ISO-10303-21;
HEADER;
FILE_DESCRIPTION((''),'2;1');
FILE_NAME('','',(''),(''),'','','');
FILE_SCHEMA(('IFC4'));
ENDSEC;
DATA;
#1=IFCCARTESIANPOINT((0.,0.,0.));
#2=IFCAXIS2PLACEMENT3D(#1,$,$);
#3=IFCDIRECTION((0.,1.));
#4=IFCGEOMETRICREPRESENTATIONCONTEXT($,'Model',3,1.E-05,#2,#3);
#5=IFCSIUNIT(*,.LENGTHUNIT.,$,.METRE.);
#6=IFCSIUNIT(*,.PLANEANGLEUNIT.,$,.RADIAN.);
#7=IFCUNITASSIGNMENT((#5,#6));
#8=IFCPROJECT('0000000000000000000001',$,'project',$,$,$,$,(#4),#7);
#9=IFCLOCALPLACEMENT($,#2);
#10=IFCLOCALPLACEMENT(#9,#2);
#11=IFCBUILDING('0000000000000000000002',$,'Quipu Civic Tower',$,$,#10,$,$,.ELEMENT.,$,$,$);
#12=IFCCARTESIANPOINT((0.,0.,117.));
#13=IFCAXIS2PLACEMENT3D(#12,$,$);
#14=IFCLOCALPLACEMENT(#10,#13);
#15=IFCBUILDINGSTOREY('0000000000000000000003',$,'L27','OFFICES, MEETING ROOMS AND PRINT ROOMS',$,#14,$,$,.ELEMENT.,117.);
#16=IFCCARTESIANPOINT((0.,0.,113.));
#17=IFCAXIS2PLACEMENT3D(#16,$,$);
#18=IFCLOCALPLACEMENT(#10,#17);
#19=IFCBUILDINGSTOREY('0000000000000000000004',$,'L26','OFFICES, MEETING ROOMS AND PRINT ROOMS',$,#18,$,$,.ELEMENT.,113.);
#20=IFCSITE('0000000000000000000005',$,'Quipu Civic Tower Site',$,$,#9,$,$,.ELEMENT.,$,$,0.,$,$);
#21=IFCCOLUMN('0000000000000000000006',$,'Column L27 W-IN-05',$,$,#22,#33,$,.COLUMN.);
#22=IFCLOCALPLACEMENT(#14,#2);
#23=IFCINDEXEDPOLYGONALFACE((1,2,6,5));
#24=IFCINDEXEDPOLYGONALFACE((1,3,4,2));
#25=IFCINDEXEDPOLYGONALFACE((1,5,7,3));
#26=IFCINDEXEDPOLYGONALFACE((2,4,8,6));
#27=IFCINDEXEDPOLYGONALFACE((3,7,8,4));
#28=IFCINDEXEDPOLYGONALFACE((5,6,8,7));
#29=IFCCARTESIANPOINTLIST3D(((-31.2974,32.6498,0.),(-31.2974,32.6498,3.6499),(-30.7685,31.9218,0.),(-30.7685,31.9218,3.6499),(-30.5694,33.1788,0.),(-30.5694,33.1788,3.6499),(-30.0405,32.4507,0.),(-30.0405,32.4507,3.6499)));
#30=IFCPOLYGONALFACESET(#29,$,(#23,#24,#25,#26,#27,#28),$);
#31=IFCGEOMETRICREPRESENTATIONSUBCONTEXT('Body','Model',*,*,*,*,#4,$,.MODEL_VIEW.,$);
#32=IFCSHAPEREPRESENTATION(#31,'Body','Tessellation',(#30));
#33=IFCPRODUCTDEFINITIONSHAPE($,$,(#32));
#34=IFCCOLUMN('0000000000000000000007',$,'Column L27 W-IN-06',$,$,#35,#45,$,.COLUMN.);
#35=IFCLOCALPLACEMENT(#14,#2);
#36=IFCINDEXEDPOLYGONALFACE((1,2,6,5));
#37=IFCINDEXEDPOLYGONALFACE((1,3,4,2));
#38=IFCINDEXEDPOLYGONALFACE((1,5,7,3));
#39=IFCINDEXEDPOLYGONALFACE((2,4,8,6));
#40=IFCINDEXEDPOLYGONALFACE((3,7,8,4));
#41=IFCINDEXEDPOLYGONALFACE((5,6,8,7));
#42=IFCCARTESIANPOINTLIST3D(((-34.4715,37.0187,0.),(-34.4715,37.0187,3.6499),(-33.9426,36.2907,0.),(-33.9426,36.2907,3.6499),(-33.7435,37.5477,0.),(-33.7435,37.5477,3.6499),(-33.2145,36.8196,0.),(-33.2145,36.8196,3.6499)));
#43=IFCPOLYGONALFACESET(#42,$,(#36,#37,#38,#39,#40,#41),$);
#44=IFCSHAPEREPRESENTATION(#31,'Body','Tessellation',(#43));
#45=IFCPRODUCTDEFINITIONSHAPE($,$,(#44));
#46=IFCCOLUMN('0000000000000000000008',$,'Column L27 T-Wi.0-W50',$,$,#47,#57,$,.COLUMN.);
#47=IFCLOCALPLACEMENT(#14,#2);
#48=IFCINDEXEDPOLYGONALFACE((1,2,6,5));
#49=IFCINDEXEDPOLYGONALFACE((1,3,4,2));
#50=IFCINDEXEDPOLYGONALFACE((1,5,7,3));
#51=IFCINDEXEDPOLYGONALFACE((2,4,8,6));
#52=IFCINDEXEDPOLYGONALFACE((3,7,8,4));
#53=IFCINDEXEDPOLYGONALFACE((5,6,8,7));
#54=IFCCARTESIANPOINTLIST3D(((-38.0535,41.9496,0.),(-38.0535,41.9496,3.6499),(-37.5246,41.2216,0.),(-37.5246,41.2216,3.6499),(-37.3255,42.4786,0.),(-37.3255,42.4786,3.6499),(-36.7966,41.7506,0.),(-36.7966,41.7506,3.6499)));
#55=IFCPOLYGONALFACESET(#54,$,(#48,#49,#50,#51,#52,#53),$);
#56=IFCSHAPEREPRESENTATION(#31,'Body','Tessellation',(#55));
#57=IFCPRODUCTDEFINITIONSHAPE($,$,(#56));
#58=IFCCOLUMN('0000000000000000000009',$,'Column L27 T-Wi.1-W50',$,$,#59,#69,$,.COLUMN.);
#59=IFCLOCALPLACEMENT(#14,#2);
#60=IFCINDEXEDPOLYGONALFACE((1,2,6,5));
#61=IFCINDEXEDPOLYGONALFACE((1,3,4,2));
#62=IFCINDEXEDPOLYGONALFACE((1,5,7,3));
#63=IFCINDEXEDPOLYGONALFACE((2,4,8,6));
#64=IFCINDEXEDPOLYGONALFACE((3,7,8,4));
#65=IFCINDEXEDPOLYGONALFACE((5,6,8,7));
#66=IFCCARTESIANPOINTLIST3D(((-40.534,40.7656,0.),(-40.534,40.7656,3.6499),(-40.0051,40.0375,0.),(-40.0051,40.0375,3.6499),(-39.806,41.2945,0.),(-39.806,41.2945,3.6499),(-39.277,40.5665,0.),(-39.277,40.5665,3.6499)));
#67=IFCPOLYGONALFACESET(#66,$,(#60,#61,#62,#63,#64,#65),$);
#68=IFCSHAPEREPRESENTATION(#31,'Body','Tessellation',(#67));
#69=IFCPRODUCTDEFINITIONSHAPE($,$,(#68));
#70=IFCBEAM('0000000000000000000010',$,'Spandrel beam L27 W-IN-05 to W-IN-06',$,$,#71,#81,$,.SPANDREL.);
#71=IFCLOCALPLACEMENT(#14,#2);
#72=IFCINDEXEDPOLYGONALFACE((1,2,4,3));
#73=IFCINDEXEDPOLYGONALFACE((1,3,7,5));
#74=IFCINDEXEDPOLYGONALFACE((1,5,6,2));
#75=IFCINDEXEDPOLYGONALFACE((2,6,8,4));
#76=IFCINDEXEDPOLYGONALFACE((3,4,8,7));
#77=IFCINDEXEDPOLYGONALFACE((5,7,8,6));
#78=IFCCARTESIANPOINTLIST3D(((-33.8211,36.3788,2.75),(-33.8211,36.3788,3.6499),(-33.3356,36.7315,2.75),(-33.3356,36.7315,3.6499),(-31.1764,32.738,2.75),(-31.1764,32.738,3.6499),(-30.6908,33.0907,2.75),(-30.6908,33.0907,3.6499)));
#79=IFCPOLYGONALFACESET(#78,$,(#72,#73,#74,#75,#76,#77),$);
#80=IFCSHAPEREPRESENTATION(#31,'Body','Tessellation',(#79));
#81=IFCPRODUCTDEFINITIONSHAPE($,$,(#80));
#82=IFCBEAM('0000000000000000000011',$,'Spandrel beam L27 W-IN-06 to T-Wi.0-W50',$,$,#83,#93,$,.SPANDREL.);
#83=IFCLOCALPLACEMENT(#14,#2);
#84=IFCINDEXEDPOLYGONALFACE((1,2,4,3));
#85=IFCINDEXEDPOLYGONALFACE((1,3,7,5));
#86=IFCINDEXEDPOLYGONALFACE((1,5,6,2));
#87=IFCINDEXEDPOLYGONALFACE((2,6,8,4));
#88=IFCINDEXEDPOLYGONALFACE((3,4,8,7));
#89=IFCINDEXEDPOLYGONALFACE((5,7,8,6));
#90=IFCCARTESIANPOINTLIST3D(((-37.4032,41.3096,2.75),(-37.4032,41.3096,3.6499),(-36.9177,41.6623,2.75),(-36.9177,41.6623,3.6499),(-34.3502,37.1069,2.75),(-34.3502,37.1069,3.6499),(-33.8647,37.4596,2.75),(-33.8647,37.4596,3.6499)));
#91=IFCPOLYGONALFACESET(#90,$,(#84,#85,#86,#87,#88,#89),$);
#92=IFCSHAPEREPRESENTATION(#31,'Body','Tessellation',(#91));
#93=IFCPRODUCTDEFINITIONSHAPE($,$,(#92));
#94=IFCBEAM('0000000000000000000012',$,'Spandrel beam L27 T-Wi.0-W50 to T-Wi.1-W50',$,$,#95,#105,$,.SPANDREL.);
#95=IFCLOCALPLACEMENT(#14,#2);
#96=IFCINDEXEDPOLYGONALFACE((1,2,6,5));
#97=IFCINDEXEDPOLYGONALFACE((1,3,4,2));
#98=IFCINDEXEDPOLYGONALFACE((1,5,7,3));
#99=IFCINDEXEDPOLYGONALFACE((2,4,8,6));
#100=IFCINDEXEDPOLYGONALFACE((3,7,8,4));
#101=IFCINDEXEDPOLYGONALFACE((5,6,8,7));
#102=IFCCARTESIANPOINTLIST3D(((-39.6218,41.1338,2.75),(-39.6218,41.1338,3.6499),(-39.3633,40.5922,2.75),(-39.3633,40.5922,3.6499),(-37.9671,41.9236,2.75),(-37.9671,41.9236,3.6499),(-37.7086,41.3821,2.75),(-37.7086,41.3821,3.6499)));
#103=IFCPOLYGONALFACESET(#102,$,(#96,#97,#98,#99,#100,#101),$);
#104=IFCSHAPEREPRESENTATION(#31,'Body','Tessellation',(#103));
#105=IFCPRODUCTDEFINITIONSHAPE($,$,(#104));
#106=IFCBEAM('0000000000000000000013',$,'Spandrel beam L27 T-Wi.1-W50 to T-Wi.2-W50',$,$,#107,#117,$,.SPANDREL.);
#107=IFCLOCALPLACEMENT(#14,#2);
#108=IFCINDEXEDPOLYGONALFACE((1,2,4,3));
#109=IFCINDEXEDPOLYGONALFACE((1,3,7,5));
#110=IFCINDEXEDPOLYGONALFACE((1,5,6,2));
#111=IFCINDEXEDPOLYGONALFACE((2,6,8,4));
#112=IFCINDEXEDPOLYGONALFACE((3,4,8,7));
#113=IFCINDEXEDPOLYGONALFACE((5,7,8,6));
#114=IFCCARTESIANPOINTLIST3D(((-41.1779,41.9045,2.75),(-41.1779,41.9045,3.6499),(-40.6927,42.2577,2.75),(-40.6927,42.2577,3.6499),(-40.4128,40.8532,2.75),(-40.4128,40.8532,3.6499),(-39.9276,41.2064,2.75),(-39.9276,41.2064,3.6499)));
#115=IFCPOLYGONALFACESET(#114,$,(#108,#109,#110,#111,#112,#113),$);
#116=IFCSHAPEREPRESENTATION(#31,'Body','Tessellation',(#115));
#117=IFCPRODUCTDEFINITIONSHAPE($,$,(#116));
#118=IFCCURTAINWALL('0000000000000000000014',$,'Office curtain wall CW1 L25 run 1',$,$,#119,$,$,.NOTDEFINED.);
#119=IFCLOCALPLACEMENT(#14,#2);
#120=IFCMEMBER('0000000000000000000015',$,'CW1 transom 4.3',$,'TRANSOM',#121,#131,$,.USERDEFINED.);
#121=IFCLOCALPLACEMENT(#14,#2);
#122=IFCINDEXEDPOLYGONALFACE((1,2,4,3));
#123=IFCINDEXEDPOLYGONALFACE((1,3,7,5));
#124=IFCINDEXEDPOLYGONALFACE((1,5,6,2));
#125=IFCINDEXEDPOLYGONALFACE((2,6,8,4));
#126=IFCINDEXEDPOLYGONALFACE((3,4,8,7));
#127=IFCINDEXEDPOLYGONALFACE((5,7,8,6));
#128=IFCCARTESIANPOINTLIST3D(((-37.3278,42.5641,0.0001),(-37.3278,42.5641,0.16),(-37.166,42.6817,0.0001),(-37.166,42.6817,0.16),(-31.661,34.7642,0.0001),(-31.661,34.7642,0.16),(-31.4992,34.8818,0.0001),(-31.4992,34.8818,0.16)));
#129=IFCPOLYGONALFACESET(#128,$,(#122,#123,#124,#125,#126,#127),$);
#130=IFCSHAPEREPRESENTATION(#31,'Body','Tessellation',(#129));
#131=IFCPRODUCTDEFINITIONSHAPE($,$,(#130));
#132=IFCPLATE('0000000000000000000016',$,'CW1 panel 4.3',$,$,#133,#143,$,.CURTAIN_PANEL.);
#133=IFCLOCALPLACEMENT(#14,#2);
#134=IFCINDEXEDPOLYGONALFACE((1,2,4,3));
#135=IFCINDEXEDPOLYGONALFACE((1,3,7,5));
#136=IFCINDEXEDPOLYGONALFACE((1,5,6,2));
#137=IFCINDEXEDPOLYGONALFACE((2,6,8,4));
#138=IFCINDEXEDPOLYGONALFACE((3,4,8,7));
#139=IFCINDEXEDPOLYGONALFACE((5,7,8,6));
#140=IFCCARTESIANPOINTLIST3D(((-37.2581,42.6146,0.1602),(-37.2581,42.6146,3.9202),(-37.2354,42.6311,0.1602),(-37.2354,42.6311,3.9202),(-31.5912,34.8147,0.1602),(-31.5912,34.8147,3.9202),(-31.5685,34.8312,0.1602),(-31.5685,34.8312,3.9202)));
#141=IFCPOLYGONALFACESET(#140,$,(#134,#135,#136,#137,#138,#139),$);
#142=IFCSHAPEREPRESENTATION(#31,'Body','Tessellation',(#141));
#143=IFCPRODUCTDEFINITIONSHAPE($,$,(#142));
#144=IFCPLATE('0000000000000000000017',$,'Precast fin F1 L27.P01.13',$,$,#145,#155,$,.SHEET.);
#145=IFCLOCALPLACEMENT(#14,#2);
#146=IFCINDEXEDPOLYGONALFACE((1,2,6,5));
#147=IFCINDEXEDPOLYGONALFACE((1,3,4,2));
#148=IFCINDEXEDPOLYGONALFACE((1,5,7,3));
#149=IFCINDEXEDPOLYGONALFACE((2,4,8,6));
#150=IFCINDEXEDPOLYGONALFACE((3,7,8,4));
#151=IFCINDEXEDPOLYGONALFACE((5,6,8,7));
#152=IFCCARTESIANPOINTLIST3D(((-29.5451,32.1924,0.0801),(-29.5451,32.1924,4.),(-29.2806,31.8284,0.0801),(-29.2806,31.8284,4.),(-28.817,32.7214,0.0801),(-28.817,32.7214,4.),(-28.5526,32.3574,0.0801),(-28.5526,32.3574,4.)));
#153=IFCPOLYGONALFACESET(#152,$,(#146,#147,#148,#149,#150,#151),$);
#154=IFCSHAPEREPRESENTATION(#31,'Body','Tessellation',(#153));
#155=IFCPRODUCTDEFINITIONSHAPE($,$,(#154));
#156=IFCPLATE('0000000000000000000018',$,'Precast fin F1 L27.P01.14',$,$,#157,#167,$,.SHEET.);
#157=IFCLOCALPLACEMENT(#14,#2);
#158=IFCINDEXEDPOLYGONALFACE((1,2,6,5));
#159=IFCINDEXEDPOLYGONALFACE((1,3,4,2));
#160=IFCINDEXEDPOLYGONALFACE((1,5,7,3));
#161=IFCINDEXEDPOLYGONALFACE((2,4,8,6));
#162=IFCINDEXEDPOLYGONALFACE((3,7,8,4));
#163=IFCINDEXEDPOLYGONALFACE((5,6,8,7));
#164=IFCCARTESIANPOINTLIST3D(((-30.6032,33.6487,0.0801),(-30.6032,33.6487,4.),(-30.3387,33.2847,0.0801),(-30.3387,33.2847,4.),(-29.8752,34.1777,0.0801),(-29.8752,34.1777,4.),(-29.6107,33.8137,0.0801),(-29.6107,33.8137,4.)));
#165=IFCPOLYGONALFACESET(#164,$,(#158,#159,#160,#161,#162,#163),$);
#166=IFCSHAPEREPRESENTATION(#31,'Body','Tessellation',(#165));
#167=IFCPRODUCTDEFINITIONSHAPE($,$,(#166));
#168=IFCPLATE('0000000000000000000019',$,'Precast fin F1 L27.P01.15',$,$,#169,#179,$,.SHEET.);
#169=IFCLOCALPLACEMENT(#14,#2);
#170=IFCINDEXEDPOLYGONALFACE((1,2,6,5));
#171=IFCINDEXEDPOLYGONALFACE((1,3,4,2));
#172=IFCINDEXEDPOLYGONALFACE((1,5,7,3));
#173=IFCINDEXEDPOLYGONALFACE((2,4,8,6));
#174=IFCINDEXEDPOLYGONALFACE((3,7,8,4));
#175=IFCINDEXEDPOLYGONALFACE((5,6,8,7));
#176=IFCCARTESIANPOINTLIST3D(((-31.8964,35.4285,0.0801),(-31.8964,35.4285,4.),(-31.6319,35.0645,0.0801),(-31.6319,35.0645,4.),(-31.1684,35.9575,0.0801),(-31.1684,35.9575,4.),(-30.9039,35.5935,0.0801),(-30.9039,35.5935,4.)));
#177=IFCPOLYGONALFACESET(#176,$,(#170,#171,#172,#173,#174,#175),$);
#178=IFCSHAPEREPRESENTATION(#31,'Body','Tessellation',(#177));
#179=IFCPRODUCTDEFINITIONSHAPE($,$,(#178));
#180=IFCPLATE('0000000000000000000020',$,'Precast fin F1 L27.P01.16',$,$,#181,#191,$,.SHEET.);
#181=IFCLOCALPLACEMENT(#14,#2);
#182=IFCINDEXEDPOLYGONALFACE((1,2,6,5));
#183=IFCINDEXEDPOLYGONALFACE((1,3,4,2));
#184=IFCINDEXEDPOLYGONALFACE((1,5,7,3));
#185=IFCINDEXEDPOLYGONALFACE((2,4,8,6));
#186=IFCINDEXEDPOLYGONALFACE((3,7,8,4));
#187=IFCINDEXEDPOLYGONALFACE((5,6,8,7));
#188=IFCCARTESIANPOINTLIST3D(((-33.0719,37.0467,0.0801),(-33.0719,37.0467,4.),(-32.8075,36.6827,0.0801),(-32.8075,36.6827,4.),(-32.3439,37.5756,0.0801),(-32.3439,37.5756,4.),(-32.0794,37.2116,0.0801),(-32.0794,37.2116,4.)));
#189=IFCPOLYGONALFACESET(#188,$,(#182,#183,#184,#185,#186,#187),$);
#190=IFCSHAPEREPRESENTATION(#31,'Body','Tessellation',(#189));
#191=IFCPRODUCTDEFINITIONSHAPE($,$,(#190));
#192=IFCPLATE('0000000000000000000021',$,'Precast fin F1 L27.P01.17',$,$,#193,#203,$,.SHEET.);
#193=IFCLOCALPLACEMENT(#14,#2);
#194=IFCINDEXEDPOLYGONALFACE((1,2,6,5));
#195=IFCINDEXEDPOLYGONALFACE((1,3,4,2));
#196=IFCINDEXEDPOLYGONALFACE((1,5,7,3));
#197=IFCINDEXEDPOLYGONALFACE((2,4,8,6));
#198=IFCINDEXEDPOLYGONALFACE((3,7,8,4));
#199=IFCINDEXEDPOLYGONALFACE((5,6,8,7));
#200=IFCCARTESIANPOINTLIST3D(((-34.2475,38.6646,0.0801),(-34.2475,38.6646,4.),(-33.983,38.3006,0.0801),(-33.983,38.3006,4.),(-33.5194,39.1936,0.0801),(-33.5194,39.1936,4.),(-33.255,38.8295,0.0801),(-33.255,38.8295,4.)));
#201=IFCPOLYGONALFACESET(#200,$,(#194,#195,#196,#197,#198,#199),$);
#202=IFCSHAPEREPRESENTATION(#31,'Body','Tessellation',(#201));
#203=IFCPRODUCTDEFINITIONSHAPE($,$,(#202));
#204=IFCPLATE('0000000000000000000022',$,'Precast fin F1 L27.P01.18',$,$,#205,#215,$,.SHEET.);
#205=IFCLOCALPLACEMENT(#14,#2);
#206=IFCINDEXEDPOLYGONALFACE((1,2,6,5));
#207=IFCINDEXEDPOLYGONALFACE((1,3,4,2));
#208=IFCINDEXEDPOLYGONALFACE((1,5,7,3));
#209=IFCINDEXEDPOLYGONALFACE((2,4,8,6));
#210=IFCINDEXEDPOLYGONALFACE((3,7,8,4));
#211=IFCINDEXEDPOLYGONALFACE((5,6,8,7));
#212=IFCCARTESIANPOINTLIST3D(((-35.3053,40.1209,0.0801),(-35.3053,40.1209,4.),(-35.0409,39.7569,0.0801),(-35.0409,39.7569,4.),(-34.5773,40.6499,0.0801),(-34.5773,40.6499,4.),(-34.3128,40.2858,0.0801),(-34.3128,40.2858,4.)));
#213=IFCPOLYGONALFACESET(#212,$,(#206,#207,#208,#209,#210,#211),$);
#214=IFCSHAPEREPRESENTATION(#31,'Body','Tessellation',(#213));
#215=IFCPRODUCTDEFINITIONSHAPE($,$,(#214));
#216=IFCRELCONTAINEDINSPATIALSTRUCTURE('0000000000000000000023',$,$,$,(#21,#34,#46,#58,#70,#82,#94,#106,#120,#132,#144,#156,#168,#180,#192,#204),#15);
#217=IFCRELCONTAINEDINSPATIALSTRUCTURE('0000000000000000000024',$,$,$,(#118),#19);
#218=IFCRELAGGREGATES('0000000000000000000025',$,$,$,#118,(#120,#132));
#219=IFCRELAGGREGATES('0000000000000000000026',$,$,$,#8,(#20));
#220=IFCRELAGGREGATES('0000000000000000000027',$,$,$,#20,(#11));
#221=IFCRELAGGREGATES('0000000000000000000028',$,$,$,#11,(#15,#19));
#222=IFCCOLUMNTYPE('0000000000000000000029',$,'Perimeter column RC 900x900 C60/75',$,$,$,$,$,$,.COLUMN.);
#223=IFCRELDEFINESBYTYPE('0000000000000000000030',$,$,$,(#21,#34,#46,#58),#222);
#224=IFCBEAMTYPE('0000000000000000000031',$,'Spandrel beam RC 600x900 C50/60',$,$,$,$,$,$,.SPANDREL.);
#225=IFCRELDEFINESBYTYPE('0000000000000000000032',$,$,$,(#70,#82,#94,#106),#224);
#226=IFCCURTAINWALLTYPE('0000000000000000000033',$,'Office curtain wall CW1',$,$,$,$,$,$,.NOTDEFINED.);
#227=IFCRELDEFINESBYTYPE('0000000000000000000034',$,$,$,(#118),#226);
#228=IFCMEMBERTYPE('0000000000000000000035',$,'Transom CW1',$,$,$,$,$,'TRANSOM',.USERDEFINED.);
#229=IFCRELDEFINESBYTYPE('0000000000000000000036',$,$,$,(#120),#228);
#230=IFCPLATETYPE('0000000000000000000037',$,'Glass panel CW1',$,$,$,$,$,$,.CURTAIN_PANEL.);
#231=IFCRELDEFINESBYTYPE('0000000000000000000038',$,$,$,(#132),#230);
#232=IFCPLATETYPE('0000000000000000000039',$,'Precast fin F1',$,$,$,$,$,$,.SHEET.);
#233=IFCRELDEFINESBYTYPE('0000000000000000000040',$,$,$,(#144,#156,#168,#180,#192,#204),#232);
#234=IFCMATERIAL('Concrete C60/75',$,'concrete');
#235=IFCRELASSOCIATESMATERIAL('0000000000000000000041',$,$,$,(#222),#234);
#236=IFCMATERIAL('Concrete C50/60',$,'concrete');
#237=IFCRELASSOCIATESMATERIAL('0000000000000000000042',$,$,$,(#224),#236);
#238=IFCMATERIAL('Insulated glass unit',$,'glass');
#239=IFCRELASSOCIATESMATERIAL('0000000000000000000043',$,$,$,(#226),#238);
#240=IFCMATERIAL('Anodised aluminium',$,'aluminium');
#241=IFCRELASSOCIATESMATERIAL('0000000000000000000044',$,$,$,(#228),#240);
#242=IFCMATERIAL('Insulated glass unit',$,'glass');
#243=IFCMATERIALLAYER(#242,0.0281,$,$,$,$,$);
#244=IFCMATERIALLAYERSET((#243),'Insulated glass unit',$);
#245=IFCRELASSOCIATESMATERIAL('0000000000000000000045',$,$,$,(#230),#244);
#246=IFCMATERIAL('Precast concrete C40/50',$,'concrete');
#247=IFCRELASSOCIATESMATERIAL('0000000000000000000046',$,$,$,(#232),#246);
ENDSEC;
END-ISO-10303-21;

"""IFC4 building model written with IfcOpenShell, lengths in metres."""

from ifc_helpers import new_model, si_unit, direction, frame, origin, origin_2d, place, context, subcontext, project, spatial, rectangle, extrude, material, layer, layer_set, material_profile, profile_set, type_object, element, aggregate, save


model = new_model("IFC4")

# Units and contexts
model_context = context("Model", 3, precision=1e-05, world=origin(), true_north=direction((0.0, 1.0)))
body_context = subcontext(model_context, "Body", "Model", "MODEL_VIEW")
ifc_project = project(units=[si_unit("LENGTHUNIT", "METRE"), si_unit("PLANEANGLEUNIT", "RADIAN")], contexts=[model_context])

# Site, building, storey
site_placement = place(None, origin())
site = spatial("IfcSite", under=ifc_project, at=site_placement, Name="Quipu Civic Tower Site", CompositionType="ELEMENT", RefElevation=0.0)
building_placement = place(site_placement, origin())
building = spatial("IfcBuilding", under=site, at=building_placement, Name="Quipu Civic Tower", CompositionType="ELEMENT")
storey_1_placement = place(building_placement, frame((0.0, 0.0, 117.0)))
storey_1 = spatial("IfcBuildingStorey", under=building, at=storey_1_placement, Name="L27", Description="OFFICES, MEETING ROOMS AND PRINT ROOMS", CompositionType="ELEMENT", Elevation=117.0)

# Columns
ifc_material_1 = material(Name="Concrete C60/75", Category="concrete")
ifc_material_profile_1 = material_profile(ifc_material_1, rectangle(XDim=0.8999, YDim=0.8999, at=origin_2d()), Name="RC900x900")
ifc_profile_set_1 = profile_set([ifc_material_profile_1], Name="Concrete C60/75")
column_type = type_object("IfcColumnType", Name="Perimeter column RC 900x900 C60/75", PredefinedType="COLUMN", material=ifc_profile_set_1)
for number, where, z_axis, x_axis, name in (
    (1, (-30.6689, 32.5503, 0.0), (0.0, 0.0, 1.0), (-0.587785, 0.809017, 0.0), "Column L27 W-IN-05"),
    (2, (-33.843, 36.9192, 0.0), (0.0, 0.0, 1.0), (-0.587785, 0.809017, 0.0), "Column L27 W-IN-06"),
    (3, (-37.425, 41.8501, 0.0), (0.0, 0.0, 1.0), (-0.587785, 0.809017, 0.0), "Column L27 T-Wi.0-W50"),
    (4, (-39.9055, 40.666, 0.0), (0.0, 0.0, 1.0), (-0.587785, 0.809017, 0.0), "Column L27 T-Wi.1-W50"),
):
    element("IfcColumn", number, at=place(storey_1_placement, frame(where, z_axis=z_axis, x_axis=x_axis)), inside=storey_1, type_object=column_type, Name=name, PredefinedType="COLUMN", context=body_context, shape_type="SweptSolid", body=[
        extrude(rectangle(XDim=0.8999, YDim=0.8999, at=origin_2d()), origin(), (0.0, 0.0, 1.0), 3.6499),
    ])

# Beams
ifc_material_2 = material(Name="Concrete C50/60", Category="concrete")
ifc_material_profile_2 = material_profile(ifc_material_2, rectangle(XDim=0.6001, YDim=0.8999, at=origin_2d()), Name="RC600x900")
ifc_profile_set_2 = profile_set([ifc_material_profile_2], Name="Concrete C50/60")
beam_type = type_object("IfcBeamType", Name="Spandrel beam RC 600x900 C50/60", PredefinedType="SPANDREL", material=ifc_profile_set_2)
beam_1_placement = place(storey_1_placement, frame((-30.9336, 32.9143, 3.2), z_axis=(-0.587717, 0.809067, 0.0), x_axis=(-0.809067, -0.587717, 0.0)))
element("IfcBeam", 5, at=beam_1_placement, inside=storey_1, type_object=beam_type, Name="Spandrel beam L27 W-IN-05 to W-IN-06", PredefinedType="SPANDREL", context=body_context, shape_type="SweptSolid", body=[
    extrude(rectangle(XDim=0.6001, YDim=0.8999, at=origin_2d()), origin(), (0.0, 0.0, 1.0), 4.5),
])
beam_2_placement = place(storey_1_placement, frame((-34.1074, 37.2832, 3.2), z_axis=(-0.587733, 0.809055, 0.0), x_axis=(-0.809055, -0.587733, 0.0)))
element("IfcBeam", 6, at=beam_2_placement, inside=storey_1, type_object=beam_type, Name="Spandrel beam L27 W-IN-06 to T-Wi.0-W50", PredefinedType="SPANDREL", context=body_context, shape_type="SweptSolid", body=[
    extrude(rectangle(XDim=0.6001, YDim=0.8999, at=origin_2d()), origin(), (0.0, 0.0, 1.0), 5.1946),
])
beam_3_placement = place(storey_1_placement, frame((-37.8379, 41.6528, 3.2), z_axis=(-0.902454, -0.430786, 0.0), x_axis=(0.430786, -0.902454, 0.0)))
element("IfcBeam", 7, at=beam_3_placement, inside=storey_1, type_object=beam_type, Name="Spandrel beam L27 T-Wi.0-W50 to T-Wi.1-W50", PredefinedType="SPANDREL", context=body_context, shape_type="SweptSolid", body=[
    extrude(rectangle(XDim=0.6001, YDim=0.8999, at=origin_2d()), origin(), (0.0, 0.0, 1.0), 1.8335),
])
beam_4_placement = place(storey_1_placement, frame((-40.1702, 41.0298, 3.2), z_axis=(-0.588462, 0.808525, 0.0), x_axis=(-0.808525, -0.588462, 0.0)))
element("IfcBeam", 8, at=beam_4_placement, inside=storey_1, type_object=beam_type, Name="Spandrel beam L27 T-Wi.1-W50 to T-Wi.2-W50", PredefinedType="SPANDREL", context=body_context, shape_type="SweptSolid", body=[
    extrude(rectangle(XDim=0.6001, YDim=0.8999, at=origin_2d()), origin(), (0.0, 0.0, 1.0), 1.3003),
])

# Shared definitions
storey_2_placement = place(building_placement, frame((0.0, 0.0, 113.0)))
storey_2 = spatial("IfcBuildingStorey", under=building, at=storey_2_placement, Name="L26", Description="OFFICES, MEETING ROOMS AND PRINT ROOMS", CompositionType="ELEMENT", Elevation=113.0)

# Curtain wall, member, plate
ifc_material_3 = material(Name="Insulated glass unit", Category="glass")
curtain_wall_type = type_object("IfcCurtainWallType", Name="Office curtain wall CW1", PredefinedType="NOTDEFINED", material=ifc_material_3)
curtain_wall_placement = place(storey_2_placement, origin())
curtain_wall = element("IfcCurtainWall", 9, at=curtain_wall_placement, inside=storey_2, type_object=curtain_wall_type, Name="Office curtain wall CW1 L25 run 1", PredefinedType="NOTDEFINED")
ifc_material_4 = material(Name="Anodised aluminium", Category="aluminium")
ifc_material_profile_3 = material_profile(ifc_material_4, rectangle(XDim=0.2, YDim=0.1599, at=origin_2d()), Name="RECT 200x160")
ifc_profile_set_3 = profile_set([ifc_material_profile_3], Name="Anodised aluminium")
member_type = type_object("IfcMemberType", Name="Transom CW1", ElementType="TRANSOM", PredefinedType="USERDEFINED", material=ifc_profile_set_3)
member_placement = place(storey_1_placement, frame((-31.5801, 34.823, 0.0801), z_axis=(-0.587776, 0.809024, 0.0), x_axis=(-0.809024, -0.587776, 0.0)))
member = element("IfcMember", 10, at=member_placement, inside=storey_1, type_object=member_type, Name="CW1 transom 4.3", ObjectType="TRANSOM", PredefinedType="USERDEFINED", context=body_context, shape_type="SweptSolid", body=[
    extrude(rectangle(XDim=0.2, YDim=0.1599, at=origin_2d()), origin(), (0.0, 0.0, 1.0), 9.6411),
])
ifc_material_5 = material(Name="Insulated glass unit", Category="glass")
ifc_layer_1 = layer(ifc_material_5, 0.0281)
ifc_layer_set_1 = layer_set([ifc_layer_1], Name="Insulated glass unit")
plate_type_1 = type_object("IfcPlateType", Name="Glass panel CW1", PredefinedType="CURTAIN_PANEL", material=ifc_layer_set_1)
plate_placement = place(storey_1_placement, frame((-34.4133, 38.7229, 0.1602), z_axis=(0.0, 0.0, 1.0), x_axis=(-0.587786, 0.809017, 0.0)))
plate = element("IfcPlate", 11, at=plate_placement, inside=storey_1, type_object=plate_type_1, Name="CW1 panel 4.3", PredefinedType="CURTAIN_PANEL", context=body_context, shape_type="SweptSolid", body=[
    extrude(rectangle(XDim=9.6411, YDim=0.0281, at=origin_2d()), origin(), (0.0, 0.0, 1.0), 3.76),
])
aggregate(curtain_wall, [member, plate])

# Plates
ifc_material_6 = material(Name="Precast concrete C40/50", Category="concrete")
plate_type_2 = type_object("IfcPlateType", Name="Precast fin F1", PredefinedType="SHEET", material=ifc_material_6)
for number, where, z_axis, x_axis, name in (
    (12, (-29.0488, 32.2749, 0.0801), (0.0, 0.0, 1.0), (-0.587785, 0.809017, 0.0), "Precast fin F1 L27.P01.13"),
    (13, (-30.1069, 33.7312, 0.0801), (0.0, 0.0, 1.0), (-0.587785, 0.809017, 0.0), "Precast fin F1 L27.P01.14"),
    (14, (-31.4001, 35.511, 0.0801), (0.0, 0.0, 1.0), (-0.587785, 0.809017, 0.0), "Precast fin F1 L27.P01.15"),
    (15, (-32.5757, 37.1292, 0.0801), (0.0, 0.0, 1.0), (-0.587785, 0.809017, 0.0), "Precast fin F1 L27.P01.16"),
    (16, (-33.7512, 38.7471, 0.0801), (0.0, 0.0, 1.0), (-0.587785, 0.809017, 0.0), "Precast fin F1 L27.P01.17"),
    (17, (-34.8091, 40.2034, 0.0801), (0.0, 0.0, 1.0), (-0.587785, 0.809017, 0.0), "Precast fin F1 L27.P01.18"),
):
    element("IfcPlate", number, at=place(storey_1_placement, frame(where, z_axis=z_axis, x_axis=x_axis)), inside=storey_1, type_object=plate_type_2, Name=name, PredefinedType="SHEET", context=body_context, shape_type="SweptSolid", body=[
        extrude(rectangle(XDim=0.45, YDim=0.8999, at=origin_2d()), origin(), (0.0, 0.0, 1.0), 3.9199),
    ])

save(model, "model.ifc")
